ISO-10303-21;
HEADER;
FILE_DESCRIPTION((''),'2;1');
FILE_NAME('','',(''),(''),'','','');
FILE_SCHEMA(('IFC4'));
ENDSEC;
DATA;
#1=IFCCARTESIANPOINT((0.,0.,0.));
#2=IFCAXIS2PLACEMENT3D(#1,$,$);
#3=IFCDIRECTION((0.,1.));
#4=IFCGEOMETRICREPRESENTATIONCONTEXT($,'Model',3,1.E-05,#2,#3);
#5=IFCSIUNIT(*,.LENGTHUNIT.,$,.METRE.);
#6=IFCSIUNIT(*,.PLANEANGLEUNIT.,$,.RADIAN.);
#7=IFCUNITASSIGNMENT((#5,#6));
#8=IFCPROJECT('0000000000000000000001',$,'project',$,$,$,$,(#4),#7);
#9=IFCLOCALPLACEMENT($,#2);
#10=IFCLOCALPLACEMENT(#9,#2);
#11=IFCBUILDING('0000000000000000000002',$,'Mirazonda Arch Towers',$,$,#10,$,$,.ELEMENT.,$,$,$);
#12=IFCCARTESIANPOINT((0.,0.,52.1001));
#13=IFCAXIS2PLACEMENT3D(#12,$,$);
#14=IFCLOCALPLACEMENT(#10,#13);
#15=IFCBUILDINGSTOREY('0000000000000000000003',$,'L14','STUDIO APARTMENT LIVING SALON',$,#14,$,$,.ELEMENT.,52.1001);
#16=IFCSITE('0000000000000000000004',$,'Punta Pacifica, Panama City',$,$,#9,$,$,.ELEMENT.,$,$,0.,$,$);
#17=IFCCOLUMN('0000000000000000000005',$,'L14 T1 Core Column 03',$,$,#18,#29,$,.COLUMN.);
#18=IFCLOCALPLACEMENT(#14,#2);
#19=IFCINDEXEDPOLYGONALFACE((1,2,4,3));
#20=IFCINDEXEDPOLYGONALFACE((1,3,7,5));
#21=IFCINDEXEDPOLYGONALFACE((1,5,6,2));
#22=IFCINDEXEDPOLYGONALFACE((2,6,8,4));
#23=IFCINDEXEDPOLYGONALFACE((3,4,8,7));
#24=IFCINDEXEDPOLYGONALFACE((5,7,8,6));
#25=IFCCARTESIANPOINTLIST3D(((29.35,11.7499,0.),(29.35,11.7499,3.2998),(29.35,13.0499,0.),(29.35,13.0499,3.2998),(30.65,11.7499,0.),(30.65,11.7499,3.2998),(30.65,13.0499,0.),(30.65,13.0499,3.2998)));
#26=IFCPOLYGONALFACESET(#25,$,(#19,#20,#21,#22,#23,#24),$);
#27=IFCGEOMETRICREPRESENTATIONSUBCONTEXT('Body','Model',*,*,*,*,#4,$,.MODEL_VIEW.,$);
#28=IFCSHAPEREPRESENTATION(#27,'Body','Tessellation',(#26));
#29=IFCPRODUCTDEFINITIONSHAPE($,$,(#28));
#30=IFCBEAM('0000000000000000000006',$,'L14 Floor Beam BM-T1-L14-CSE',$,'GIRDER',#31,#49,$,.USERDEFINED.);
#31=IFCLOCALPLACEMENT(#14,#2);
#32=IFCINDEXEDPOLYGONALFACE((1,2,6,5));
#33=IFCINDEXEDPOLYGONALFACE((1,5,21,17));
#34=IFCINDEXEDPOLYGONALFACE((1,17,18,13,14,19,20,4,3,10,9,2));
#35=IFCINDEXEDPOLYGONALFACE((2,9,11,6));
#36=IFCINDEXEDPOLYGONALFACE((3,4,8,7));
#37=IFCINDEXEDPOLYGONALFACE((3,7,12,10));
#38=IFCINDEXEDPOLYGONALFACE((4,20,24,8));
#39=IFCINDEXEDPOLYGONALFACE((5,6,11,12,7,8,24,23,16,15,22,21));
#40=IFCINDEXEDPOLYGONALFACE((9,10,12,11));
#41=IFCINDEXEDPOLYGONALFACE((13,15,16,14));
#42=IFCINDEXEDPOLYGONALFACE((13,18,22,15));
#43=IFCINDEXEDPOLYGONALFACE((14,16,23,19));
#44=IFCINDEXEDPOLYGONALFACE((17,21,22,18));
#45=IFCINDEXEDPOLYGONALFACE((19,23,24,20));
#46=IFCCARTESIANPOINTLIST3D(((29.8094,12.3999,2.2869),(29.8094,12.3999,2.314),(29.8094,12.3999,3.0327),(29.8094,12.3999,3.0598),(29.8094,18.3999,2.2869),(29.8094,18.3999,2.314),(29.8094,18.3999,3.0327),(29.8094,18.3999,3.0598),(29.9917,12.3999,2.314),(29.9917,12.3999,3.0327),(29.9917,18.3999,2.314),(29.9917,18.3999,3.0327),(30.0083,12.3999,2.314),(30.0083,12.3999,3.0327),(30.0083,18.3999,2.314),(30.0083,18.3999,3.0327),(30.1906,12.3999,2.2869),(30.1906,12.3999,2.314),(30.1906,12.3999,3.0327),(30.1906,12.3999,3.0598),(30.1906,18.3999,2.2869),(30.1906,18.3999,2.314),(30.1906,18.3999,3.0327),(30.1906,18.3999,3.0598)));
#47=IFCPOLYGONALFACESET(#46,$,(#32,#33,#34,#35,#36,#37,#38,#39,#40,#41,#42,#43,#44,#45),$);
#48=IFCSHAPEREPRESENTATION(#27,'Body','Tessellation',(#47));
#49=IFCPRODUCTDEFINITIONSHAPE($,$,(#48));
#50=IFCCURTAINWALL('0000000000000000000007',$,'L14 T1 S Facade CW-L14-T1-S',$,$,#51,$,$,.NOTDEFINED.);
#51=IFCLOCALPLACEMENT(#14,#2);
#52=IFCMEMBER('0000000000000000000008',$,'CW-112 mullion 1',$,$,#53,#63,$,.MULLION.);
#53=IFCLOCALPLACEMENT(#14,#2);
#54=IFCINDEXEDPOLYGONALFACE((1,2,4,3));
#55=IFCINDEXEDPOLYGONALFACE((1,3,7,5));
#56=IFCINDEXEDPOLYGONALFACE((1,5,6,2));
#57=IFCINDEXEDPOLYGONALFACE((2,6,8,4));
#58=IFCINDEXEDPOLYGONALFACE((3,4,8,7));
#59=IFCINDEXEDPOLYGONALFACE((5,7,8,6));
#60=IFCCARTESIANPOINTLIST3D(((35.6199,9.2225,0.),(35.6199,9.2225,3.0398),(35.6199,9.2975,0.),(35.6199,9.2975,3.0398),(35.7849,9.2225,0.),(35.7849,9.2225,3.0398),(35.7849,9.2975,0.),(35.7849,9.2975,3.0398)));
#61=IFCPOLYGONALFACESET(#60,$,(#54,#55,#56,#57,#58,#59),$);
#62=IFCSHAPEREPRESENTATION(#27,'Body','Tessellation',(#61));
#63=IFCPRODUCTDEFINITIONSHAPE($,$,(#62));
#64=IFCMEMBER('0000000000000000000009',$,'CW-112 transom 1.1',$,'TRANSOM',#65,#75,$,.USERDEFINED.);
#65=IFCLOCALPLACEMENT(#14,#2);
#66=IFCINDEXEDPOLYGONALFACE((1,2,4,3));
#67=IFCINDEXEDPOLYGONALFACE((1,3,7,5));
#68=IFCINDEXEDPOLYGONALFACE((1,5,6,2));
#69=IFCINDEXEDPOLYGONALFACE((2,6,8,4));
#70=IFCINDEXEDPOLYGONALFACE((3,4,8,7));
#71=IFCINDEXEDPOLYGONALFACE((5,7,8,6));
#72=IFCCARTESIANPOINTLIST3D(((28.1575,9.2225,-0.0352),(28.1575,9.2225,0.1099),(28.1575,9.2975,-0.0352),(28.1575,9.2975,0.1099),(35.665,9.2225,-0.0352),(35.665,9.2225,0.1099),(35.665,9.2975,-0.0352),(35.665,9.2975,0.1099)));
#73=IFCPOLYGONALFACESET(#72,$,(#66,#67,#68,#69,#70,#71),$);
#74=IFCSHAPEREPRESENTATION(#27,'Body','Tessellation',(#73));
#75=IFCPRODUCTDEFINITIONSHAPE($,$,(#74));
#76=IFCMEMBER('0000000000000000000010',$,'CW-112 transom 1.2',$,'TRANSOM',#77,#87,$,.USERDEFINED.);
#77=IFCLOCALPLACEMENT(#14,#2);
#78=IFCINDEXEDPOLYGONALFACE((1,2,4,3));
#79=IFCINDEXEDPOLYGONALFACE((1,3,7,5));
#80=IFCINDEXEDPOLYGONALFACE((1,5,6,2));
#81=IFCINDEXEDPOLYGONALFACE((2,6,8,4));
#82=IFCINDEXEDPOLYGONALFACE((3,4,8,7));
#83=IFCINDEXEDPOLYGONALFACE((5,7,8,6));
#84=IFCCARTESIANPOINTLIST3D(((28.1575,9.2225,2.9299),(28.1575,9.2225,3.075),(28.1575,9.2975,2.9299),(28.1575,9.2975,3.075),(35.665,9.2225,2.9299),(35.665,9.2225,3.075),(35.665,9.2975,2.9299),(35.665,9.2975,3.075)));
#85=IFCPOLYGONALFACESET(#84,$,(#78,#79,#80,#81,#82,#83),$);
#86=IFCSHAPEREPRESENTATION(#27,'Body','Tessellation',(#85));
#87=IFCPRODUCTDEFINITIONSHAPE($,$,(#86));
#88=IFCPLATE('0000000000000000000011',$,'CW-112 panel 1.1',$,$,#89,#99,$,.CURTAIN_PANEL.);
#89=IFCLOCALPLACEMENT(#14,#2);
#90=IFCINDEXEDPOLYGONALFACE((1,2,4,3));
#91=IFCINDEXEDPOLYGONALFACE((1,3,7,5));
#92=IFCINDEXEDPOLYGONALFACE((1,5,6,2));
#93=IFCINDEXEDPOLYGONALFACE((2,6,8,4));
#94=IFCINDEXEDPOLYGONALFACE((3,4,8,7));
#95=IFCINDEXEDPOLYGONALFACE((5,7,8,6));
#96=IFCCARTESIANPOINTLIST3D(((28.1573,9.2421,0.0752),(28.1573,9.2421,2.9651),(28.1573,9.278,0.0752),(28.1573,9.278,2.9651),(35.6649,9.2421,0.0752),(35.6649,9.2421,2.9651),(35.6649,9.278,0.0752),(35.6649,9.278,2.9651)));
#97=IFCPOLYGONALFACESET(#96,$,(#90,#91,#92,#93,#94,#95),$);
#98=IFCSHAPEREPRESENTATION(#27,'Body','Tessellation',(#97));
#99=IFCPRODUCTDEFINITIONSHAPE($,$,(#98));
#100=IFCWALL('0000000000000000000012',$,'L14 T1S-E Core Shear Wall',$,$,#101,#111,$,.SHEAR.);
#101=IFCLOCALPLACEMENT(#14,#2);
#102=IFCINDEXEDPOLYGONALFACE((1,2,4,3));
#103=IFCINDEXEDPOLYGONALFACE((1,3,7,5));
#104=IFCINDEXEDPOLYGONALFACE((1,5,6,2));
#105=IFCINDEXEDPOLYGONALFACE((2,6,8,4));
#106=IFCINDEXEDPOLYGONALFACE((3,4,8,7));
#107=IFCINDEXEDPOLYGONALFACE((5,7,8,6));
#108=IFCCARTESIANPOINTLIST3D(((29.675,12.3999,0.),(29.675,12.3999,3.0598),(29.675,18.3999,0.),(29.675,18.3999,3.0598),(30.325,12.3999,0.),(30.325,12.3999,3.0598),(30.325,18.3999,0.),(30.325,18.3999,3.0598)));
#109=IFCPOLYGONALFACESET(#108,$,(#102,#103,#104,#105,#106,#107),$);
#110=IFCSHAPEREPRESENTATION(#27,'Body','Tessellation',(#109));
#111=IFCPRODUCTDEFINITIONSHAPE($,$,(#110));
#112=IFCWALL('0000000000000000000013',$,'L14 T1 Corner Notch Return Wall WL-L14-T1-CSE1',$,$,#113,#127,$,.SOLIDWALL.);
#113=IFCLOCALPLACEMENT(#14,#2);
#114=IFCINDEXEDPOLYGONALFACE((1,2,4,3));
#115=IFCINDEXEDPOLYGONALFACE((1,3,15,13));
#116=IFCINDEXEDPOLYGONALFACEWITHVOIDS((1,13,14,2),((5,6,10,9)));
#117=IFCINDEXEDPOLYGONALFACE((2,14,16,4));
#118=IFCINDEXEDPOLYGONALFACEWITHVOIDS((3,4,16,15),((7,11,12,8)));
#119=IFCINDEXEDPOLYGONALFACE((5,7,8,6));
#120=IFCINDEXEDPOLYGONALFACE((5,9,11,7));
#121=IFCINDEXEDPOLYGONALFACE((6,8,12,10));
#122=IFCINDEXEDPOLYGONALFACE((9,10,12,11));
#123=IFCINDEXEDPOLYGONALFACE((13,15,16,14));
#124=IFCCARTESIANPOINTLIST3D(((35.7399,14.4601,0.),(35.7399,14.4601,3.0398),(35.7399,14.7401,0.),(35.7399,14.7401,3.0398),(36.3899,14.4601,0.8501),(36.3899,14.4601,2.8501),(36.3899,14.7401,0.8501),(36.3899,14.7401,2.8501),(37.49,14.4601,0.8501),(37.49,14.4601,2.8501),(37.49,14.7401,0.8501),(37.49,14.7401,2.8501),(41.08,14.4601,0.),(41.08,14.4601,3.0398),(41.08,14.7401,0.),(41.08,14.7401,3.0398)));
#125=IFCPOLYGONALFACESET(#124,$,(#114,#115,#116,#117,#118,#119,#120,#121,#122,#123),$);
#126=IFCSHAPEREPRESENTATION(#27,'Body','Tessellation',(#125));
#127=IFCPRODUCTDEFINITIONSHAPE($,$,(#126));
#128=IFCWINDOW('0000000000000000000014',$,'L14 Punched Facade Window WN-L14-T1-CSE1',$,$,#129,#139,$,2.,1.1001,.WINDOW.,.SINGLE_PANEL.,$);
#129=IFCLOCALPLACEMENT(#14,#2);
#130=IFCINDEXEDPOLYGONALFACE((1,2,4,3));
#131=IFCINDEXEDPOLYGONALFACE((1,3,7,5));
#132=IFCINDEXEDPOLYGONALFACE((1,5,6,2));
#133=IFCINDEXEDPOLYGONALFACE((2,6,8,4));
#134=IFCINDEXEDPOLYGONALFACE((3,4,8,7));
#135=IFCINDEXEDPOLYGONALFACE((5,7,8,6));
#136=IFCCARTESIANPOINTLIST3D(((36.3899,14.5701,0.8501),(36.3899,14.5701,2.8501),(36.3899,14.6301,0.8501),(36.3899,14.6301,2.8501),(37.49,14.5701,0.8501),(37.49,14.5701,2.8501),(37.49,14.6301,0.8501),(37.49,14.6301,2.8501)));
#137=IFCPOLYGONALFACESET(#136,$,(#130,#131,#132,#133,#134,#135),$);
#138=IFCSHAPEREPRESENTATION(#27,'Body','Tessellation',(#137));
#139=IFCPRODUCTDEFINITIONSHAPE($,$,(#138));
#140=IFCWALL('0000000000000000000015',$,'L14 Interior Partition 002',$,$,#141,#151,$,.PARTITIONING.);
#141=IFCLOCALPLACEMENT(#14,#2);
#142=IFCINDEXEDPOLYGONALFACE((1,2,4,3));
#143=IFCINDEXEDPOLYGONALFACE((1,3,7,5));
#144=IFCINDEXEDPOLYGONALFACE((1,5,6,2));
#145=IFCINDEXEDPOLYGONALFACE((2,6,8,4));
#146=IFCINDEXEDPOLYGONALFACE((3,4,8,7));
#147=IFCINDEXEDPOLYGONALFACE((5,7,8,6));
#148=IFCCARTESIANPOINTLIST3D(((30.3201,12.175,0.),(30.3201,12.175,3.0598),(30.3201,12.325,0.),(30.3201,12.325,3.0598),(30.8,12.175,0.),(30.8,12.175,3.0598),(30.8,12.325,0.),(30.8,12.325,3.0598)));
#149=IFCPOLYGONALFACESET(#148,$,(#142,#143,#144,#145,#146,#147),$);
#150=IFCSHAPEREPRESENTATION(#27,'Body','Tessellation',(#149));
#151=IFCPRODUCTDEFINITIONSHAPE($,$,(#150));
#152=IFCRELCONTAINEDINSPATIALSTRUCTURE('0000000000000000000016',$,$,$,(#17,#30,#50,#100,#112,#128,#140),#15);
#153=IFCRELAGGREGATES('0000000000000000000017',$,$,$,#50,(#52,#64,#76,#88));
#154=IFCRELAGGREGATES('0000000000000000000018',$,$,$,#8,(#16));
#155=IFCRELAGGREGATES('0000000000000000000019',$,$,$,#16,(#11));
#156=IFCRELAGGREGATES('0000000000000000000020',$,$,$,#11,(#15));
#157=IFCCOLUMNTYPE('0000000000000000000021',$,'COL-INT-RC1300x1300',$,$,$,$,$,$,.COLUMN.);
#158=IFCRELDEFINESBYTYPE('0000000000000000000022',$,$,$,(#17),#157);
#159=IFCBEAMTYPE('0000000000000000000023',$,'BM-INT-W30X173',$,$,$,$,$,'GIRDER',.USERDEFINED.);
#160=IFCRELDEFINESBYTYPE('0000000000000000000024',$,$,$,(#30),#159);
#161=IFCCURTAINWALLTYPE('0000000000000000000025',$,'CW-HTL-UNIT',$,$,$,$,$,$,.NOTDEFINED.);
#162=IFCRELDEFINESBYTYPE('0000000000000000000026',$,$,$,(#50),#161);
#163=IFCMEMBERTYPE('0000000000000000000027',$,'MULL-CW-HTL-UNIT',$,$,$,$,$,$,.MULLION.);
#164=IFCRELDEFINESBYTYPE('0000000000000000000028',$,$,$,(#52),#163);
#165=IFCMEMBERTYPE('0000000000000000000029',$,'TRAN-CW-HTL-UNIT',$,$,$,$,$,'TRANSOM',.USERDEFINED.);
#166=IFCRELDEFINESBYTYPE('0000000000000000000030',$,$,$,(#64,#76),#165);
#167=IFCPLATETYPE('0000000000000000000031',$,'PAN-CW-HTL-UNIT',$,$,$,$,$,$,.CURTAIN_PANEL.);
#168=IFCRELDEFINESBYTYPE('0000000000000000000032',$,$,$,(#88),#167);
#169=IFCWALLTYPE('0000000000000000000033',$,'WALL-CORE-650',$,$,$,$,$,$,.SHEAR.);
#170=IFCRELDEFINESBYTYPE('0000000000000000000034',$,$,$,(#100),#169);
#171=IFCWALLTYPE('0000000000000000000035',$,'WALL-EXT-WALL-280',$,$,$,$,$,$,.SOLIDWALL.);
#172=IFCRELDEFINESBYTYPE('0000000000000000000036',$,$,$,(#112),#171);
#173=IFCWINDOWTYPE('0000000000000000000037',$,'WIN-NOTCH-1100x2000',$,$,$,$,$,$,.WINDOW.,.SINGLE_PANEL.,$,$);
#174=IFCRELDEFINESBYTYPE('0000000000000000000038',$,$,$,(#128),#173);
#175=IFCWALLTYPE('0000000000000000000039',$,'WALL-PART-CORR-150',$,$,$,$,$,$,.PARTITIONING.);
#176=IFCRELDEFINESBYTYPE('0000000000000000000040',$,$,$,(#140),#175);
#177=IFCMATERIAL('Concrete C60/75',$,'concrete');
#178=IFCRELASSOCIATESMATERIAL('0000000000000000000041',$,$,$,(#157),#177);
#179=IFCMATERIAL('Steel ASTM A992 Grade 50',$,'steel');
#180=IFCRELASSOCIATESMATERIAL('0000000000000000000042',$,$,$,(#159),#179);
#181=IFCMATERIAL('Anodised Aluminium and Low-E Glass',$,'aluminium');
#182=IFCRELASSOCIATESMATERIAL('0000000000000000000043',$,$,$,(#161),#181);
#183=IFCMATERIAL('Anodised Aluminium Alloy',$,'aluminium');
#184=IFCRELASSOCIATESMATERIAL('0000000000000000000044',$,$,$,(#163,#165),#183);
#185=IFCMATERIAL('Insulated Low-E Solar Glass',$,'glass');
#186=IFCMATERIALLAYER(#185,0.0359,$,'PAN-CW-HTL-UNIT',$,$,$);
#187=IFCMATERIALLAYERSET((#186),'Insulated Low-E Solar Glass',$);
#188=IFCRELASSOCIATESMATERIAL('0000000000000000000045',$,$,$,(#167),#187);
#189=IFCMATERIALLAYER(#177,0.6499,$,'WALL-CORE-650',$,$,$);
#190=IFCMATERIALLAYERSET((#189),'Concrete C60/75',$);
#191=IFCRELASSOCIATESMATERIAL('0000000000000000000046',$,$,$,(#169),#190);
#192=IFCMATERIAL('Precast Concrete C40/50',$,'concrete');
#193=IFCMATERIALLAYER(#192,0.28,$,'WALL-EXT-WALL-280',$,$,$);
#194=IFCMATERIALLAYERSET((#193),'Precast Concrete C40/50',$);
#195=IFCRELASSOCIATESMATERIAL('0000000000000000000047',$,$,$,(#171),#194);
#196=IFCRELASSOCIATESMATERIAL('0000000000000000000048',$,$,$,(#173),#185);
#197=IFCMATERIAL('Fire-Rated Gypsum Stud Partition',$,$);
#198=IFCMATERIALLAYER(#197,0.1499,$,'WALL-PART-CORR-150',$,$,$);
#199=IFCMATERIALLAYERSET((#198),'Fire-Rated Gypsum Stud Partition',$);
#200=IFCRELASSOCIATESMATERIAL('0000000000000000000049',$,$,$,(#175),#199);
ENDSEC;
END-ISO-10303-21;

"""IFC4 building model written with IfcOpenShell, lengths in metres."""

from ifc_helpers import new_model, si_unit, direction, frame, frame_2d, origin, origin_2d, place, context, subcontext, project, spatial, rectangle, i_section, extrude, material, layer, layer_set, material_profile, profile_set, type_object, element, fill, aggregate, save


model = new_model("IFC4")

# Units and contexts
model_context = context("Model", 3, precision=1e-05, world=origin(), true_north=direction((0.0, 1.0)))
body_context = subcontext(model_context, "Body", "Model", "MODEL_VIEW")
ifc_project = project(units=[si_unit("LENGTHUNIT", "METRE"), si_unit("PLANEANGLEUNIT", "RADIAN")], contexts=[model_context])

# Site, building, storey
site_placement = place(None, origin())
site = spatial("IfcSite", under=ifc_project, at=site_placement, Name="Punta Pacifica, Panama City", CompositionType="ELEMENT", RefElevation=0.0)
building_placement = place(site_placement, origin())
building = spatial("IfcBuilding", under=site, at=building_placement, Name="Mirazonda Arch Towers", CompositionType="ELEMENT")
storey_placement = place(building_placement, frame((0.0, 0.0, 52.1001)))
storey = spatial("IfcBuildingStorey", under=building, at=storey_placement, Name="L14", Description="STUDIO APARTMENT LIVING SALON", CompositionType="ELEMENT", Elevation=52.1001)

# Column
ifc_material_1 = material(Name="Concrete C60/75", Category="concrete")
ifc_material_profile_1 = material_profile(ifc_material_1, rectangle(XDim=1.3, YDim=1.3, at=origin_2d()), Name="RC1300x1300")
ifc_profile_set_1 = profile_set([ifc_material_profile_1], Name="Concrete C60/75")
column_type = type_object("IfcColumnType", Name="COL-INT-RC1300x1300", PredefinedType="COLUMN", material=ifc_profile_set_1)
column_placement = place(storey_placement, frame((30.0, 12.3999, 0.0), z_axis=(0.0, 0.0, 1.0), x_axis=(1.0, 0.0, 0.0)))
element("IfcColumn", 1, at=column_placement, inside=storey, type_object=column_type, Name="L14 T1 Core Column 03", PredefinedType="COLUMN", context=body_context, shape_type="SweptSolid", body=[
    extrude(rectangle(XDim=1.3, YDim=1.3, at=origin_2d()), origin(), (0.0, 0.0, 1.0), 3.2998),
])

# Beam
ifc_material_2 = material(Name="Steel ASTM A992 Grade 50", Category="steel")
ifc_material_profile_2 = material_profile(ifc_material_2, i_section(OverallWidth=0.3811, OverallDepth=0.7729, WebThickness=0.0166, FlangeThickness=0.0271, at=origin_2d()), Name="W30X173")
ifc_profile_set_2 = profile_set([ifc_material_profile_2], Name="Steel ASTM A992 Grade 50")
beam_type = type_object("IfcBeamType", Name="BM-INT-W30X173", ElementType="GIRDER", PredefinedType="USERDEFINED", material=ifc_profile_set_2)
beam_placement = place(storey_placement, frame((30.0, 12.3999, 2.6733), z_axis=(0.0, 1.0, 0.0), x_axis=(-1.0, 0.0, 0.0)))
element("IfcBeam", 2, at=beam_placement, inside=storey, type_object=beam_type, Name="L14 Floor Beam BM-T1-L14-CSE", ObjectType="GIRDER", PredefinedType="USERDEFINED", context=body_context, shape_type="SweptSolid", body=[
    extrude(i_section(OverallWidth=0.3811, OverallDepth=0.7729, WebThickness=0.0166, FlangeThickness=0.0271, at=origin_2d()), origin(), (0.0, 0.0, 1.0), 6.0),
])

# Curtain wall, members, plate
ifc_material_3 = material(Name="Anodised Aluminium and Low-E Glass", Category="aluminium")
curtain_wall_type = type_object("IfcCurtainWallType", Name="CW-HTL-UNIT", PredefinedType="NOTDEFINED", material=ifc_material_3)
curtain_wall_placement = place(storey_placement, origin())
curtain_wall = element("IfcCurtainWall", 3, at=curtain_wall_placement, inside=storey, type_object=curtain_wall_type, Name="L14 T1 S Facade CW-L14-T1-S", PredefinedType="NOTDEFINED")
ifc_material_4 = material(Name="Anodised Aluminium Alloy", Category="aluminium")
ifc_material_profile_3 = material_profile(ifc_material_4, rectangle(XDim=0.075, YDim=0.165, at=origin_2d()), Name="ALU-MULL-75x165")
ifc_profile_set_3 = profile_set([ifc_material_profile_3], Name="Anodised Aluminium Alloy")
member_type_1 = type_object("IfcMemberType", Name="MULL-CW-HTL-UNIT", PredefinedType="MULLION", material=ifc_profile_set_3)
member_1_placement = place(storey_placement, frame((35.7024, 9.26, 0.0), z_axis=(0.0, 0.0, 1.0), x_axis=(0.0, -1.0, 0.0)))
member_1 = element("IfcMember", 4, at=member_1_placement, type_object=member_type_1, Name="CW-112 mullion 1", PredefinedType="MULLION", context=body_context, shape_type="SweptSolid", body=[
    extrude(rectangle(XDim=0.075, YDim=0.165, at=origin_2d()), origin(), (0.0, 0.0, 1.0), 3.0398),
])
ifc_material_profile_4 = material_profile(ifc_material_4, rectangle(XDim=0.075, YDim=0.145, at=origin_2d()), Name="ALU-TRAN-75x145")
ifc_profile_set_4 = profile_set([ifc_material_profile_4], Name="Anodised Aluminium Alloy")
member_type_2 = type_object("IfcMemberType", Name="TRAN-CW-HTL-UNIT", ElementType="TRANSOM", PredefinedType="USERDEFINED", material=ifc_profile_set_4)
member_2_placement = place(storey_placement, frame((35.665, 9.26, 0.0374), z_axis=(-1.0, 0.0, 0.0), x_axis=(0.0, -1.0, 0.0)))
member_2 = element("IfcMember", 5, at=member_2_placement, type_object=member_type_2, Name="CW-112 transom 1.1", ObjectType="TRANSOM", PredefinedType="USERDEFINED", context=body_context, shape_type="SweptSolid", body=[
    extrude(rectangle(XDim=0.075, YDim=0.145, at=origin_2d()), origin(), (0.0, 0.0, 1.0), 7.5076),
])
member_3_placement = place(storey_placement, frame((35.665, 9.26, 3.0024), z_axis=(-1.0, 0.0, 0.0), x_axis=(0.0, -1.0, 0.0)))
member_3 = element("IfcMember", 6, at=member_3_placement, type_object=member_type_2, Name="CW-112 transom 1.2", ObjectType="TRANSOM", PredefinedType="USERDEFINED", context=body_context, shape_type="SweptSolid", body=[
    extrude(rectangle(XDim=0.075, YDim=0.145, at=origin_2d()), origin(), (0.0, 0.0, 1.0), 7.5076),
])
ifc_material_5 = material(Name="Insulated Low-E Solar Glass", Category="glass")
ifc_layer_1 = layer(ifc_material_5, 0.0359, Name="PAN-CW-HTL-UNIT")
ifc_layer_set_1 = layer_set([ifc_layer_1], Name="Insulated Low-E Solar Glass")
plate_type = type_object("IfcPlateType", Name="PAN-CW-HTL-UNIT", PredefinedType="CURTAIN_PANEL", material=ifc_layer_set_1)
plate_placement = place(storey_placement, frame((31.9111, 9.26, 0.0752), z_axis=(0.0, 0.0, 1.0), x_axis=(-1.0, 0.0, 0.0)))
plate = element("IfcPlate", 7, at=plate_placement, type_object=plate_type, Name="CW-112 panel 1.1", PredefinedType="CURTAIN_PANEL", context=body_context, shape_type="SweptSolid", body=[
    extrude(rectangle(XDim=7.5076, YDim=0.0359, at=origin_2d()), origin(), (0.0, 0.0, 1.0), 2.8899),
])
aggregate(curtain_wall, [member_1, member_2, member_3, plate])

# Wall
ifc_layer_2 = layer(ifc_material_1, 0.6499, Name="WALL-CORE-650")
ifc_layer_set_2 = layer_set([ifc_layer_2], Name="Concrete C60/75")
wall_type_1 = type_object("IfcWallType", Name="WALL-CORE-650", PredefinedType="SHEAR", material=ifc_layer_set_2)
wall_1_placement = place(storey_placement, frame((30.0, 12.3999, 0.0), z_axis=(0.0, 0.0, 1.0), x_axis=(0.0, 1.0, 0.0)))
element("IfcWall", 8, at=wall_1_placement, inside=storey, type_object=wall_type_1, Name="L14 T1S-E Core Shear Wall", PredefinedType="SHEAR", context=body_context, shape_type="SweptSolid", body=[
    extrude(rectangle(XDim=6.0, YDim=0.6499, at=frame_2d((3.0, 0.0))), origin(), (0.0, 0.0, 1.0), 3.0598),
])

# Wall, opening, window
ifc_material_6 = material(Name="Precast Concrete C40/50", Category="concrete")
ifc_layer_3 = layer(ifc_material_6, 0.28, Name="WALL-EXT-WALL-280")
ifc_layer_set_3 = layer_set([ifc_layer_3], Name="Precast Concrete C40/50")
wall_type_2 = type_object("IfcWallType", Name="WALL-EXT-WALL-280", PredefinedType="SOLIDWALL", material=ifc_layer_set_3)
wall_2_placement = place(storey_placement, frame((35.74, 14.6001, 0.0), z_axis=(0.0, 0.0, 1.0), x_axis=(1.0, 0.0, 0.0)))
wall_2 = element("IfcWall", 9, at=wall_2_placement, inside=storey, type_object=wall_type_2, Name="L14 T1 Corner Notch Return Wall WL-L14-T1-CSE1", PredefinedType="SOLIDWALL", context=body_context, shape_type="SweptSolid", body=[
    extrude(rectangle(XDim=5.3401, YDim=0.28, at=frame_2d((2.6699, 0.0))), origin(), (0.0, 0.0, 1.0), 3.0398),
])
opening_1_placement = place(wall_2_placement, frame((0.6499, 0.0, 0.8501)))
opening_1 = element("IfcOpeningElement", 10, at=opening_1_placement, cuts=wall_2, PredefinedType="OPENING", context=body_context, shape_type="SweptSolid", body=[
    extrude(rectangle(XDim=1.1001, YDim=2.0, at=frame_2d((0.55, 1.0))), frame((0.0, 0.1499, 0.0), z_axis=(0.0, -1.0, 0.0), x_axis=(1.0, 0.0, 0.0)), (0.0, 0.0, 1.0), 0.3),
])
window_type = type_object("IfcWindowType", Name="WIN-NOTCH-1100x2000", PartitioningType="SINGLE_PANEL", PredefinedType="WINDOW", material=ifc_material_5)
window_placement = place(opening_1_placement, origin())
window = element("IfcWindow", 11, at=window_placement, inside=storey, type_object=window_type, Name="L14 Punched Facade Window WN-L14-T1-CSE1", OverallHeight=2.0, OverallWidth=1.1001, PartitioningType="SINGLE_PANEL", PredefinedType="WINDOW", context=body_context, shape_type="SweptSolid", body=[
    extrude(rectangle(XDim=1.1001, YDim=2.0, at=frame_2d((0.55, 1.0))), frame((0.0, 0.03, 0.0), z_axis=(0.0, -1.0, 0.0), x_axis=(1.0, 0.0, 0.0)), (0.0, 0.0, 1.0), 0.0601),
])
fill(opening_1, window)

# Wall
ifc_material_7 = material(Name="Fire-Rated Gypsum Stud Partition")
ifc_layer_4 = layer(ifc_material_7, 0.1499, Name="WALL-PART-CORR-150")
ifc_layer_set_4 = layer_set([ifc_layer_4], Name="Fire-Rated Gypsum Stud Partition")
wall_type_3 = type_object("IfcWallType", Name="WALL-PART-CORR-150", PredefinedType="PARTITIONING", material=ifc_layer_set_4)
wall_3_placement = place(storey_placement, frame((30.3201, 12.25, 0.0), z_axis=(0.0, 0.0, 1.0), x_axis=(1.0, 0.0, 0.0)))
element("IfcWall", 12, at=wall_3_placement, inside=storey, type_object=wall_type_3, Name="L14 Interior Partition 002", PredefinedType="PARTITIONING", context=body_context, shape_type="SweptSolid", body=[
    extrude(rectangle(XDim=0.48, YDim=0.1499, at=frame_2d((0.24, 0.0))), origin(), (0.0, 0.0, 1.0), 3.0598),
])

save(model, "model.ifc")
